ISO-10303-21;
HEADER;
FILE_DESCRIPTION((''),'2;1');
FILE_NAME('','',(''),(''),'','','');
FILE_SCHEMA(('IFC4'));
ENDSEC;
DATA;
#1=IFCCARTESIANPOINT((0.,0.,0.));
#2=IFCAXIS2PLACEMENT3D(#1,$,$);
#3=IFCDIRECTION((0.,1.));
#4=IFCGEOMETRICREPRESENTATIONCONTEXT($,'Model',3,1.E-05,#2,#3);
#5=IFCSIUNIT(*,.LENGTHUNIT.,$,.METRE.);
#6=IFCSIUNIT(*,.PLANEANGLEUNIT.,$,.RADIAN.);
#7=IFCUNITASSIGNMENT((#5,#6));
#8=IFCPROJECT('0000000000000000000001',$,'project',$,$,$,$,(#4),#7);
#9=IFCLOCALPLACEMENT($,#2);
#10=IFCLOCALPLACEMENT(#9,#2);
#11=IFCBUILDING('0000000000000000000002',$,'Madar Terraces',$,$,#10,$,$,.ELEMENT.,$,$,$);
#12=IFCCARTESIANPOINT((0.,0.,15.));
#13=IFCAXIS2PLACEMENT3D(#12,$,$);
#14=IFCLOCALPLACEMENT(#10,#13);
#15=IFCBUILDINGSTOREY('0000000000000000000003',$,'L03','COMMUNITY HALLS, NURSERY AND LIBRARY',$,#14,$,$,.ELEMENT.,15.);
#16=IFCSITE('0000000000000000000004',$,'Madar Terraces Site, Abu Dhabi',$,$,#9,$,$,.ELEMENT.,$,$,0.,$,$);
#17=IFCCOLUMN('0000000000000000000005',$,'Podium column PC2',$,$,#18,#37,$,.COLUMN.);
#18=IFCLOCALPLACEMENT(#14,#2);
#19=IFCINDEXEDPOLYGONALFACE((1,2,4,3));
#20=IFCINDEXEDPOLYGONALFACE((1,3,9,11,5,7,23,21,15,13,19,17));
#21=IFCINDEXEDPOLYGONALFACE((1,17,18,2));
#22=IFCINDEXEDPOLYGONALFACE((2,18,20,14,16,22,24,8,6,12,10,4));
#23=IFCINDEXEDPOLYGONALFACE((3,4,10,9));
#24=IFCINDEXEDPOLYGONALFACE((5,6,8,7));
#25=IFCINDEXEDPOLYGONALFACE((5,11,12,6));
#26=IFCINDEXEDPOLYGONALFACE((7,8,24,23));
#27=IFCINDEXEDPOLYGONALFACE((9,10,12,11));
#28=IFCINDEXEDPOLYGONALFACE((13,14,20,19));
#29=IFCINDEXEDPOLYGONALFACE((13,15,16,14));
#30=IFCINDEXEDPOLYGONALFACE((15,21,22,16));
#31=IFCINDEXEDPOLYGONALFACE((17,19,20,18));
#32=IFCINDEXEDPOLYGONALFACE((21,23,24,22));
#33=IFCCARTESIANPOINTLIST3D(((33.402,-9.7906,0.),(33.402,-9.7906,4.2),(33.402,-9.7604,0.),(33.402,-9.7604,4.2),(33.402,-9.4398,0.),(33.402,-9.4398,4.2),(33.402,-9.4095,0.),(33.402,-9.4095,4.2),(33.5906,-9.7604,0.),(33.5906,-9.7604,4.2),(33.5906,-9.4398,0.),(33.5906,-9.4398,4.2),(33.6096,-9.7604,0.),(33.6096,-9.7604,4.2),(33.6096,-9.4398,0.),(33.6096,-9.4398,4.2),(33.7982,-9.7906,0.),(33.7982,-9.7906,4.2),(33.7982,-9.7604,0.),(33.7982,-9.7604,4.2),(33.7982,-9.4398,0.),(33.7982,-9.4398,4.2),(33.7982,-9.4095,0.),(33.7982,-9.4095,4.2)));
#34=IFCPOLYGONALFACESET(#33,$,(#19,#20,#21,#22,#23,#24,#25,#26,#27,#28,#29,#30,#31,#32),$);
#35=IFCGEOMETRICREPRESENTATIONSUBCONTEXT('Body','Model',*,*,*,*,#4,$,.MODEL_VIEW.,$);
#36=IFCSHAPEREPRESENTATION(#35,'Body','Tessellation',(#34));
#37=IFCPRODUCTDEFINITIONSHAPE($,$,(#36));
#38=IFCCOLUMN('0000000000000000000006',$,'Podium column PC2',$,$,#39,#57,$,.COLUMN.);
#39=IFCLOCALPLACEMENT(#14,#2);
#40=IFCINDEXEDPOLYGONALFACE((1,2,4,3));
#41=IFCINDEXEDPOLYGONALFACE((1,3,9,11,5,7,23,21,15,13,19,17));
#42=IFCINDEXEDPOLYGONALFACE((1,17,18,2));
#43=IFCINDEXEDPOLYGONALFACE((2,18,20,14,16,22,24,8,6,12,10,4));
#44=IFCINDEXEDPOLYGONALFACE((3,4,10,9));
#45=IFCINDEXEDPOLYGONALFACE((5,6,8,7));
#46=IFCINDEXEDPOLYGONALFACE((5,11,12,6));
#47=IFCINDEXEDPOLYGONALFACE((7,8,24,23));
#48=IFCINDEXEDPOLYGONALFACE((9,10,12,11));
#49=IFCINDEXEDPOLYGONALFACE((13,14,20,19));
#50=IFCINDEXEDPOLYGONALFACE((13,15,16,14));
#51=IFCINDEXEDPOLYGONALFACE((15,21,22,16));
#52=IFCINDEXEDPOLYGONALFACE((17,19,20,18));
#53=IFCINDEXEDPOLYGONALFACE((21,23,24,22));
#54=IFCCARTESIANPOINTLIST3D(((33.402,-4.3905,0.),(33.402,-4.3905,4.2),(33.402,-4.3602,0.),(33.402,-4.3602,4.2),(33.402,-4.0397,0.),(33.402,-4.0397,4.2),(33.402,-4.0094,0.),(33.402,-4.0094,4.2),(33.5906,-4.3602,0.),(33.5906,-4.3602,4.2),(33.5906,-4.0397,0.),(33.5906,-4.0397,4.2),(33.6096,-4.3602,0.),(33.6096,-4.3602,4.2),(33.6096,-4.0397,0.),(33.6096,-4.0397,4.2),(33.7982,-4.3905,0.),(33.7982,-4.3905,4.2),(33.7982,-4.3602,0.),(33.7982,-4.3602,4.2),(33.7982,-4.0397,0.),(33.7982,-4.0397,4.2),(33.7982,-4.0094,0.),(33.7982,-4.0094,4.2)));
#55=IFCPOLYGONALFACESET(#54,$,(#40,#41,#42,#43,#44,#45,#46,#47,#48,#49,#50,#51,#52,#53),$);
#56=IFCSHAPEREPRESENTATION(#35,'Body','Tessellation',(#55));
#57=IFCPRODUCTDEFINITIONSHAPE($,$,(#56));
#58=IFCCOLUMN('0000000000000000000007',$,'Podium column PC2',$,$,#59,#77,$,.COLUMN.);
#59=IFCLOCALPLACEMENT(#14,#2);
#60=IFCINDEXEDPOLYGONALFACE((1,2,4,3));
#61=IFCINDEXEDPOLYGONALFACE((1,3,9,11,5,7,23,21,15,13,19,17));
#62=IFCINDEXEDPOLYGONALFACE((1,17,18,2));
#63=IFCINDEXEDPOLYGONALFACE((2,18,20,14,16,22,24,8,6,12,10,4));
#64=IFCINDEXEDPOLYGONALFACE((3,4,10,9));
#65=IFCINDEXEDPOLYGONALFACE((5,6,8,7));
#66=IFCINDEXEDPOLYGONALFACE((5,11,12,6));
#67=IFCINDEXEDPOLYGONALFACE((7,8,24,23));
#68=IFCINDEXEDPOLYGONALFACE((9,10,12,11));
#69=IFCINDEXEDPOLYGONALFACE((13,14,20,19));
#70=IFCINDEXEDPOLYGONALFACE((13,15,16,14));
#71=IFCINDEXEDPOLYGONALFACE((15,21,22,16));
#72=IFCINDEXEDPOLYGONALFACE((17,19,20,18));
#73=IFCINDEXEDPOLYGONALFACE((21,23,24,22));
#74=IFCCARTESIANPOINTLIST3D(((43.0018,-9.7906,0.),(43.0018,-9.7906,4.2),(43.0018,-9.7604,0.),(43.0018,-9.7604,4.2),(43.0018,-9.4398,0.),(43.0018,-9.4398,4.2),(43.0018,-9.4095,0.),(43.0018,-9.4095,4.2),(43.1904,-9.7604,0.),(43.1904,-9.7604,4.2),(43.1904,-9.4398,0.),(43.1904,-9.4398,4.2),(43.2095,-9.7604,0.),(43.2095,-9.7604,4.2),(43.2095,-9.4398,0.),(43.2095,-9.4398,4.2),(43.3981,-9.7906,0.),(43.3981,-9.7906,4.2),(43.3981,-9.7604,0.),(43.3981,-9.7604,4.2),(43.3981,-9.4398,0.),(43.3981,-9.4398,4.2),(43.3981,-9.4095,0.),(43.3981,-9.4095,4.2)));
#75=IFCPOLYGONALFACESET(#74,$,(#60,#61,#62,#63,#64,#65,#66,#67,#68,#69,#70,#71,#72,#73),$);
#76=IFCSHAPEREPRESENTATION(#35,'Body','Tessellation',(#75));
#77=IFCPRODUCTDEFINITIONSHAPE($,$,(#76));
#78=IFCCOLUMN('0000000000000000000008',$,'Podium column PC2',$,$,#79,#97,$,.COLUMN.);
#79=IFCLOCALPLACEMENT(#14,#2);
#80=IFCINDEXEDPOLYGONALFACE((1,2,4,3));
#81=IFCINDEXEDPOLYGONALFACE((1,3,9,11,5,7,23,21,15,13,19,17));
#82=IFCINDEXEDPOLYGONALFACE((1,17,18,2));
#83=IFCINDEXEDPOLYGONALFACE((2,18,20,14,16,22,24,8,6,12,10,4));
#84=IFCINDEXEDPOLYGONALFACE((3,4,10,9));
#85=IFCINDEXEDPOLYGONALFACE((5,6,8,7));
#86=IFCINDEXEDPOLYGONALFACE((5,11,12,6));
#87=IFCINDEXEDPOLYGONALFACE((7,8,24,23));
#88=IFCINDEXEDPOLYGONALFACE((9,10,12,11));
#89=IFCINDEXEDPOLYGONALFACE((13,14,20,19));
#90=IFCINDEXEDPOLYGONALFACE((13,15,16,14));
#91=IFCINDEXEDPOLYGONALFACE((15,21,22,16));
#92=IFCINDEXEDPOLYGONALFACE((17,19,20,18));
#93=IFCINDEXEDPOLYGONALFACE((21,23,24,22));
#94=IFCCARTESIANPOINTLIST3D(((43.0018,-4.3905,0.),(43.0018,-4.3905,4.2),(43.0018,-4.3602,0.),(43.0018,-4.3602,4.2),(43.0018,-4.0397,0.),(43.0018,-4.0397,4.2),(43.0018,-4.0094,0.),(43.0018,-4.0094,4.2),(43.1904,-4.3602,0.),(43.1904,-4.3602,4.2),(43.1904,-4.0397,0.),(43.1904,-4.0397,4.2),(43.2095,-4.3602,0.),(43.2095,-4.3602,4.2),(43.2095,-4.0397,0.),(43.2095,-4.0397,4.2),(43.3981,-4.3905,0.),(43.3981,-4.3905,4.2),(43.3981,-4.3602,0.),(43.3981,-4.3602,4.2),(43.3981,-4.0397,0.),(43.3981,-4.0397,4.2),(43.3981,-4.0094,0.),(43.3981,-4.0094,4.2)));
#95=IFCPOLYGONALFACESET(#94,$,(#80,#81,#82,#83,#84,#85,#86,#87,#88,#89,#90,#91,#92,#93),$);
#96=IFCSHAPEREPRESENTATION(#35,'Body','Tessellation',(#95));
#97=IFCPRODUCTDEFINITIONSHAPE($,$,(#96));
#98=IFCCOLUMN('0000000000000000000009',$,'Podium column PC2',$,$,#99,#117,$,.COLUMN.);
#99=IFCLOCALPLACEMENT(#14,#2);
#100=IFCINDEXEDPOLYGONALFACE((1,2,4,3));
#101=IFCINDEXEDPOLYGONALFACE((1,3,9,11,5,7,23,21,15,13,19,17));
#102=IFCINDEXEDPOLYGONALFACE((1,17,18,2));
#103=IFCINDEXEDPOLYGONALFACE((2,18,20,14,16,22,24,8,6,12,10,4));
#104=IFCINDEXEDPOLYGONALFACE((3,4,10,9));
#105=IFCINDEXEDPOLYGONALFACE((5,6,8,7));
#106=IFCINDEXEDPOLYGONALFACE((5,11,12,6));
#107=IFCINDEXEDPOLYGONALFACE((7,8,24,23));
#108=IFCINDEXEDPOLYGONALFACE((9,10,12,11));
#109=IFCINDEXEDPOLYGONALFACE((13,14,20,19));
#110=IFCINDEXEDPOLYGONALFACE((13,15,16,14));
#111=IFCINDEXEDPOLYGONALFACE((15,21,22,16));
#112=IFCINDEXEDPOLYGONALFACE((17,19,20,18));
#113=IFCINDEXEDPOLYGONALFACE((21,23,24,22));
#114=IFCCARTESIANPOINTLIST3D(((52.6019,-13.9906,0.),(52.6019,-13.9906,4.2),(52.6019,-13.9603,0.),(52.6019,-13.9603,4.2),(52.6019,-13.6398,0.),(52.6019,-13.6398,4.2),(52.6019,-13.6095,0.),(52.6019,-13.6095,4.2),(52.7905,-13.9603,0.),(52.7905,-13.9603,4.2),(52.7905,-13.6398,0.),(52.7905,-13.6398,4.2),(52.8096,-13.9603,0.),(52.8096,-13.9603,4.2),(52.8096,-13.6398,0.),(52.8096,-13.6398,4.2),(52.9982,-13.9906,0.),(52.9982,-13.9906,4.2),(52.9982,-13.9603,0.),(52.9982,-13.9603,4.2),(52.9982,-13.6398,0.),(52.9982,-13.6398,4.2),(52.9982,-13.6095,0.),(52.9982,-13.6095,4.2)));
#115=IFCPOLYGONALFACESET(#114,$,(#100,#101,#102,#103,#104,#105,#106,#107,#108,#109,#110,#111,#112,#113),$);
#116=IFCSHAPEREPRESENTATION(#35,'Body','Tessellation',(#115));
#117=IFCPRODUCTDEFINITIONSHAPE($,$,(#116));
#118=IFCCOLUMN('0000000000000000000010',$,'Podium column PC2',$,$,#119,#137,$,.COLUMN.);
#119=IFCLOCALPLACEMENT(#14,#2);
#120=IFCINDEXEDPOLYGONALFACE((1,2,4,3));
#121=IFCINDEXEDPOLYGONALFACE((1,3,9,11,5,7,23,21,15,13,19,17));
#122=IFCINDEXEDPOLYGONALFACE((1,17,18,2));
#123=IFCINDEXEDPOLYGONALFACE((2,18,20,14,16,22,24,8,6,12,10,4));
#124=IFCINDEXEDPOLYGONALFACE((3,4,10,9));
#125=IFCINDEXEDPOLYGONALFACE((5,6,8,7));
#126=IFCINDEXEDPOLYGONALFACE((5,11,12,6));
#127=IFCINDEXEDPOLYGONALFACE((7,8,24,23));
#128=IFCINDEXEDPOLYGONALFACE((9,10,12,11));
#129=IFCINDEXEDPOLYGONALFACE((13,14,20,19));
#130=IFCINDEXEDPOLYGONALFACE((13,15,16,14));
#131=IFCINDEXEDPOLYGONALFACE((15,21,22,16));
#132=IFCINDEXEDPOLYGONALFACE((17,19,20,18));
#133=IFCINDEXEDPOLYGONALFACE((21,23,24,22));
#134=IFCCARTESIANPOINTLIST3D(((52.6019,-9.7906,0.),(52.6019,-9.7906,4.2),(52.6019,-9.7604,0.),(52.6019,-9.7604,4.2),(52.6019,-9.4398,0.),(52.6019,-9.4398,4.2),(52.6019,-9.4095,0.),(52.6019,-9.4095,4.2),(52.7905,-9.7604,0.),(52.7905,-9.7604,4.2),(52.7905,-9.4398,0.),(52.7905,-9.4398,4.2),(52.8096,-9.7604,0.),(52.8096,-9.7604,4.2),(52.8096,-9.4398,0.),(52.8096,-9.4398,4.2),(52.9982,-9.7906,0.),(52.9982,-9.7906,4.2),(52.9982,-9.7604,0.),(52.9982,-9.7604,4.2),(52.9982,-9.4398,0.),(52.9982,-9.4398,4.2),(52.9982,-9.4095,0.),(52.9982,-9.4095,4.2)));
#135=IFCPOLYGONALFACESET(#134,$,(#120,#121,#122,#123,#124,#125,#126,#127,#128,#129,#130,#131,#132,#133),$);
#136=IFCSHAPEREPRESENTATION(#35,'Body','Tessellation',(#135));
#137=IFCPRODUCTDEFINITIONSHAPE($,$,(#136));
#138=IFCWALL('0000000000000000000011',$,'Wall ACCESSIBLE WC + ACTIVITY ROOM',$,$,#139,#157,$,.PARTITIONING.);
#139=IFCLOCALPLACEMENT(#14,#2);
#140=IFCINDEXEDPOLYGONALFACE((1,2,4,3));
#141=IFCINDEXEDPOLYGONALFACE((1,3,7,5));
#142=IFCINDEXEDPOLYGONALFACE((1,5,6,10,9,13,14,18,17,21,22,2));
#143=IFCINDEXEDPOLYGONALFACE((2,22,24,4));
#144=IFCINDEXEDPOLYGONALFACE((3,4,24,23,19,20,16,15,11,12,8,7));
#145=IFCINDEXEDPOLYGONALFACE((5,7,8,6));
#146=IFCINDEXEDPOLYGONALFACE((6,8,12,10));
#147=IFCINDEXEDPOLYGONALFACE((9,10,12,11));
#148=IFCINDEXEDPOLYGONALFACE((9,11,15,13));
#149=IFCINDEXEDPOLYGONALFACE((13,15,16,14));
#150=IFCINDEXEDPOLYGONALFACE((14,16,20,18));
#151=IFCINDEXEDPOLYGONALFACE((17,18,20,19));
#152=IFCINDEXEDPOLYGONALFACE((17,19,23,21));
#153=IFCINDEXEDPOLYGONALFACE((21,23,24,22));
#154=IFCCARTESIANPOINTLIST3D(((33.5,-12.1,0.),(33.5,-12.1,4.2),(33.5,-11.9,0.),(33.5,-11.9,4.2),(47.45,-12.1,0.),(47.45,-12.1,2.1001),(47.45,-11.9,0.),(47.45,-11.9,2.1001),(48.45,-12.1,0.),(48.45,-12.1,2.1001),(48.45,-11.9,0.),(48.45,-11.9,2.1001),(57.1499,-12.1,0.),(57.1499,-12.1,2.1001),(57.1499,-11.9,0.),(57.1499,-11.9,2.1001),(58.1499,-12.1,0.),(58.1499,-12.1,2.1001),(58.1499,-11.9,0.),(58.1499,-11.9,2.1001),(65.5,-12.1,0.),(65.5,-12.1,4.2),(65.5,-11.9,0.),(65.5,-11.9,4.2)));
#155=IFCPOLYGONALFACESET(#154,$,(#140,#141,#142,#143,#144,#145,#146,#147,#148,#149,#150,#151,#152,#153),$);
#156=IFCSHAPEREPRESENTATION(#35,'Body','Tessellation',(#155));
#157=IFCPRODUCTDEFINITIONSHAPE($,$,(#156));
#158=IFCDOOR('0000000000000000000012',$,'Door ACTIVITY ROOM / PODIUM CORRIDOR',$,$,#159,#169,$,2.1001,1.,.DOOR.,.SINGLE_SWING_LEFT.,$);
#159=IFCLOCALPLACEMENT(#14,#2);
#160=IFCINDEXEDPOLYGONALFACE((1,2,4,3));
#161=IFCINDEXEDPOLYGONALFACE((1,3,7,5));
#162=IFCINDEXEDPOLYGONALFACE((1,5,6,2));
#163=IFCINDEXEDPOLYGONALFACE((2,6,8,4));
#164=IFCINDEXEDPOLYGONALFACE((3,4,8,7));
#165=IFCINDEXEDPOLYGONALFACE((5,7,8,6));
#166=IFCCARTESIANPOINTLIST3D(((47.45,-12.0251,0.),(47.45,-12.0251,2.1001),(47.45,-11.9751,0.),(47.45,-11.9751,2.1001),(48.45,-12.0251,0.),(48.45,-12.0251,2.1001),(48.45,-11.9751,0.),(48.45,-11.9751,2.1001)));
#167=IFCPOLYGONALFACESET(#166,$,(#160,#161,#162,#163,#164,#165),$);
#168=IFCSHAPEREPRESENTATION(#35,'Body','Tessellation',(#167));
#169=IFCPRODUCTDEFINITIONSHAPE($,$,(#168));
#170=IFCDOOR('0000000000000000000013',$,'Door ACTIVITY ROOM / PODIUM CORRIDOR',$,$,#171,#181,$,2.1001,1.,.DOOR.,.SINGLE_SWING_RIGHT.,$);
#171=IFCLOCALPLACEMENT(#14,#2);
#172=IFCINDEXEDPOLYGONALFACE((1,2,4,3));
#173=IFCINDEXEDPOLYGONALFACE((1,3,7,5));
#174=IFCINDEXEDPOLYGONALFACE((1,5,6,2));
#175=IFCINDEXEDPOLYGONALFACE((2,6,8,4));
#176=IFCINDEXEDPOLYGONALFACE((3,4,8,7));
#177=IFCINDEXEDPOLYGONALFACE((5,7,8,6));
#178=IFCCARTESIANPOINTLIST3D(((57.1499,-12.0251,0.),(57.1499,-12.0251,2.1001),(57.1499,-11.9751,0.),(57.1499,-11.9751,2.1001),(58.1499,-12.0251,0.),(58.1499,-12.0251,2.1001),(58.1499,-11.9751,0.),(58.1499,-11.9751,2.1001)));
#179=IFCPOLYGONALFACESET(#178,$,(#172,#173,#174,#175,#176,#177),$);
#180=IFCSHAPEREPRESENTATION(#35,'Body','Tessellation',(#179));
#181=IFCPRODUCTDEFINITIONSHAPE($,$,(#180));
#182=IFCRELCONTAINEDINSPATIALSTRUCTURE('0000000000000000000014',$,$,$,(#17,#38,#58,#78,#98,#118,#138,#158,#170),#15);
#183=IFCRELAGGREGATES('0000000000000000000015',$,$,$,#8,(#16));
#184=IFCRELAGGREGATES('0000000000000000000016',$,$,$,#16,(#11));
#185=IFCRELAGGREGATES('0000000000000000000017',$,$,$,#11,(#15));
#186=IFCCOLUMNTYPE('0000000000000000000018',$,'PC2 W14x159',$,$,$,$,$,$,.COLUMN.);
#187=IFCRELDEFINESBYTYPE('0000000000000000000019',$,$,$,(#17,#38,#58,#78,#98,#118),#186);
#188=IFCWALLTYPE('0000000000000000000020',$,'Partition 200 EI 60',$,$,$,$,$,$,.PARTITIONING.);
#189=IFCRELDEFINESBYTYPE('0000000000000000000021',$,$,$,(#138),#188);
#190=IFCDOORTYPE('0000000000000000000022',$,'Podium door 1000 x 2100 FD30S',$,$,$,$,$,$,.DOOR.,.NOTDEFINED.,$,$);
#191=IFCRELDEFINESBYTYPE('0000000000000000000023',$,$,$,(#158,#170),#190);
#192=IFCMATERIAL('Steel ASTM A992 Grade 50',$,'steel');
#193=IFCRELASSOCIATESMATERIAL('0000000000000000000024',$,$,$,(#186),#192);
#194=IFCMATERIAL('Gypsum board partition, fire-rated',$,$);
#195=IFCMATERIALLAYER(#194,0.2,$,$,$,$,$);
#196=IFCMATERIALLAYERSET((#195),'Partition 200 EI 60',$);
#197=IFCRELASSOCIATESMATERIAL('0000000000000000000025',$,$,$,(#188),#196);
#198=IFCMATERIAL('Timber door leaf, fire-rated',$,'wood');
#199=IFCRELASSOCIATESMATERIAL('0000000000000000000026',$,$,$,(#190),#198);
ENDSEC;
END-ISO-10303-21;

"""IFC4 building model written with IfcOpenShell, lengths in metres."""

from ifc_helpers import new_model, si_unit, direction, frame, frame_2d, origin, origin_2d, place, context, subcontext, project, spatial, rectangle, i_section, extrude, material, layer, layer_set, material_profile, profile_set, type_object, element, fill, save


model = new_model("IFC4")

# Units and contexts
model_context = context("Model", 3, precision=1e-05, world=origin(), true_north=direction((0.0, 1.0)))
body_context = subcontext(model_context, "Body", "Model", "MODEL_VIEW")
ifc_project = project(units=[si_unit("LENGTHUNIT", "METRE"), si_unit("PLANEANGLEUNIT", "RADIAN")], contexts=[model_context])

# Site, building, storey
site_placement = place(None, origin())
site = spatial("IfcSite", under=ifc_project, at=site_placement, Name="Madar Terraces Site, Abu Dhabi", CompositionType="ELEMENT", RefElevation=0.0)
building_placement = place(site_placement, origin())
building = spatial("IfcBuilding", under=site, at=building_placement, Name="Madar Terraces", CompositionType="ELEMENT")
storey_placement = place(building_placement, frame((0.0, 0.0, 15.0)))
storey = spatial("IfcBuildingStorey", under=building, at=storey_placement, Name="L03", Description="COMMUNITY HALLS, NURSERY AND LIBRARY", CompositionType="ELEMENT", Elevation=15.0)

# Columns
ifc_material_1 = material(Name="Steel ASTM A992 Grade 50", Category="steel")
ifc_material_profile = material_profile(ifc_material_1, i_section(OverallWidth=0.3962, OverallDepth=0.3811, WebThickness=0.019, FlangeThickness=0.0303, at=origin_2d()), Name="W14x159")
ifc_profile_set = profile_set([ifc_material_profile], Name="Steel ASTM A992 Grade 50")
column_type = type_object("IfcColumnType", Name="PC2 W14x159", PredefinedType="COLUMN", material=ifc_profile_set)
for number, where, z_axis, x_axis, name in (
    (1, (33.6001, -9.6001, 0.0), (0.0, 0.0, 1.0), (1.0, 0.0, 0.0), "Podium column PC2"),
    (2, (33.6001, -4.2, 0.0), (0.0, 0.0, 1.0), (1.0, 0.0, 0.0), "Podium column PC2"),
    (3, (43.2, -9.6001, 0.0), (0.0, 0.0, 1.0), (1.0, 0.0, 0.0), "Podium column PC2"),
    (4, (43.2, -4.2, 0.0), (0.0, 0.0, 1.0), (1.0, 0.0, 0.0), "Podium column PC2"),
    (5, (52.8, -13.8, 0.0), (0.0, 0.0, 1.0), (1.0, 0.0, 0.0), "Podium column PC2"),
    (6, (52.8, -9.6001, 0.0), (0.0, 0.0, 1.0), (1.0, 0.0, 0.0), "Podium column PC2"),
):
    element("IfcColumn", number, at=place(storey_placement, frame(where, z_axis=z_axis, x_axis=x_axis)), inside=storey, type_object=column_type, Name=name, PredefinedType="COLUMN", context=body_context, shape_type="SweptSolid", body=[
        extrude(i_section(OverallWidth=0.3962, OverallDepth=0.3811, WebThickness=0.019, FlangeThickness=0.0303, at=origin_2d()), origin(), (0.0, 0.0, 1.0), 4.2),
    ])

# Wall, openings, doors
ifc_material_2 = material(Name="Gypsum board partition, fire-rated")
ifc_layer = layer(ifc_material_2, 0.2)
ifc_layer_set = layer_set([ifc_layer], Name="Partition 200 EI 60")
wall_type = type_object("IfcWallType", Name="Partition 200 EI 60", PredefinedType="PARTITIONING", material=ifc_layer_set)
wall_1_placement = place(storey_placement, frame((33.5, -12.0, 0.0), z_axis=(0.0, 0.0, 1.0), x_axis=(1.0, 0.0, 0.0)))
wall_1 = element("IfcWall", 7, at=wall_1_placement, inside=storey, type_object=wall_type, Name="Wall ACCESSIBLE WC + ACTIVITY ROOM", PredefinedType="PARTITIONING", context=body_context, shape_type="SweptSolid", body=[
    extrude(rectangle(XDim=32.0, YDim=0.2, at=frame_2d((16.0, 0.0))), origin(), (0.0, 0.0, 1.0), 4.2),
])
opening_1_placement = place(wall_1_placement, frame((13.95, 0.0, 0.0)))
opening_1 = element("IfcOpeningElement", 8, at=opening_1_placement, cuts=wall_1, PredefinedType="OPENING", context=body_context, shape_type="SweptSolid", body=[
    extrude(rectangle(XDim=1.0, YDim=2.1001, at=frame_2d((0.5, 1.05))), frame((0.0, 0.1099, 0.0), z_axis=(0.0, -1.0, 0.0), x_axis=(1.0, 0.0, 0.0)), (0.0, 0.0, 1.0), 0.22),
])
opening_2_placement = place(wall_1_placement, frame((23.6499, 0.0, 0.0)))
opening_2 = element("IfcOpeningElement", 9, at=opening_2_placement, cuts=wall_1, PredefinedType="OPENING", context=body_context, shape_type="SweptSolid", body=[
    extrude(rectangle(XDim=1.0, YDim=2.1001, at=frame_2d((0.5, 1.05))), frame((0.0, 0.1099, 0.0), z_axis=(0.0, -1.0, 0.0), x_axis=(1.0, 0.0, 0.0)), (0.0, 0.0, 1.0), 0.22),
])
ifc_material_3 = material(Name="Timber door leaf, fire-rated", Category="wood")
door_type = type_object("IfcDoorType", Name="Podium door 1000 x 2100 FD30S", OperationType="NOTDEFINED", PredefinedType="DOOR", material=ifc_material_3)
door_1_placement = place(opening_1_placement, origin())
door_1 = element("IfcDoor", 10, at=door_1_placement, inside=storey, type_object=door_type, Name="Door ACTIVITY ROOM / PODIUM CORRIDOR", OperationType="SINGLE_SWING_LEFT", OverallHeight=2.1001, OverallWidth=1.0, PredefinedType="DOOR", context=body_context, shape_type="SweptSolid", body=[
    extrude(rectangle(XDim=1.0, YDim=2.1001, at=frame_2d((0.5, 1.05))), frame((0.0, 0.0249, 0.0), z_axis=(0.0, -1.0, 0.0), x_axis=(1.0, 0.0, 0.0)), (0.0, 0.0, 1.0), 0.05),
])
fill(opening_1, door_1)
door_2_placement = place(opening_2_placement, origin())
door_2 = element("IfcDoor", 11, at=door_2_placement, inside=storey, type_object=door_type, Name="Door ACTIVITY ROOM / PODIUM CORRIDOR", OperationType="SINGLE_SWING_RIGHT", OverallHeight=2.1001, OverallWidth=1.0, PredefinedType="DOOR", context=body_context, shape_type="SweptSolid", body=[
    extrude(rectangle(XDim=1.0, YDim=2.1001, at=frame_2d((0.5, 1.05))), frame((0.0, 0.0249, 0.0), z_axis=(0.0, -1.0, 0.0), x_axis=(1.0, 0.0, 0.0)), (0.0, 0.0, 1.0), 0.05),
])
fill(opening_2, door_2)

save(model, "model.ifc")
